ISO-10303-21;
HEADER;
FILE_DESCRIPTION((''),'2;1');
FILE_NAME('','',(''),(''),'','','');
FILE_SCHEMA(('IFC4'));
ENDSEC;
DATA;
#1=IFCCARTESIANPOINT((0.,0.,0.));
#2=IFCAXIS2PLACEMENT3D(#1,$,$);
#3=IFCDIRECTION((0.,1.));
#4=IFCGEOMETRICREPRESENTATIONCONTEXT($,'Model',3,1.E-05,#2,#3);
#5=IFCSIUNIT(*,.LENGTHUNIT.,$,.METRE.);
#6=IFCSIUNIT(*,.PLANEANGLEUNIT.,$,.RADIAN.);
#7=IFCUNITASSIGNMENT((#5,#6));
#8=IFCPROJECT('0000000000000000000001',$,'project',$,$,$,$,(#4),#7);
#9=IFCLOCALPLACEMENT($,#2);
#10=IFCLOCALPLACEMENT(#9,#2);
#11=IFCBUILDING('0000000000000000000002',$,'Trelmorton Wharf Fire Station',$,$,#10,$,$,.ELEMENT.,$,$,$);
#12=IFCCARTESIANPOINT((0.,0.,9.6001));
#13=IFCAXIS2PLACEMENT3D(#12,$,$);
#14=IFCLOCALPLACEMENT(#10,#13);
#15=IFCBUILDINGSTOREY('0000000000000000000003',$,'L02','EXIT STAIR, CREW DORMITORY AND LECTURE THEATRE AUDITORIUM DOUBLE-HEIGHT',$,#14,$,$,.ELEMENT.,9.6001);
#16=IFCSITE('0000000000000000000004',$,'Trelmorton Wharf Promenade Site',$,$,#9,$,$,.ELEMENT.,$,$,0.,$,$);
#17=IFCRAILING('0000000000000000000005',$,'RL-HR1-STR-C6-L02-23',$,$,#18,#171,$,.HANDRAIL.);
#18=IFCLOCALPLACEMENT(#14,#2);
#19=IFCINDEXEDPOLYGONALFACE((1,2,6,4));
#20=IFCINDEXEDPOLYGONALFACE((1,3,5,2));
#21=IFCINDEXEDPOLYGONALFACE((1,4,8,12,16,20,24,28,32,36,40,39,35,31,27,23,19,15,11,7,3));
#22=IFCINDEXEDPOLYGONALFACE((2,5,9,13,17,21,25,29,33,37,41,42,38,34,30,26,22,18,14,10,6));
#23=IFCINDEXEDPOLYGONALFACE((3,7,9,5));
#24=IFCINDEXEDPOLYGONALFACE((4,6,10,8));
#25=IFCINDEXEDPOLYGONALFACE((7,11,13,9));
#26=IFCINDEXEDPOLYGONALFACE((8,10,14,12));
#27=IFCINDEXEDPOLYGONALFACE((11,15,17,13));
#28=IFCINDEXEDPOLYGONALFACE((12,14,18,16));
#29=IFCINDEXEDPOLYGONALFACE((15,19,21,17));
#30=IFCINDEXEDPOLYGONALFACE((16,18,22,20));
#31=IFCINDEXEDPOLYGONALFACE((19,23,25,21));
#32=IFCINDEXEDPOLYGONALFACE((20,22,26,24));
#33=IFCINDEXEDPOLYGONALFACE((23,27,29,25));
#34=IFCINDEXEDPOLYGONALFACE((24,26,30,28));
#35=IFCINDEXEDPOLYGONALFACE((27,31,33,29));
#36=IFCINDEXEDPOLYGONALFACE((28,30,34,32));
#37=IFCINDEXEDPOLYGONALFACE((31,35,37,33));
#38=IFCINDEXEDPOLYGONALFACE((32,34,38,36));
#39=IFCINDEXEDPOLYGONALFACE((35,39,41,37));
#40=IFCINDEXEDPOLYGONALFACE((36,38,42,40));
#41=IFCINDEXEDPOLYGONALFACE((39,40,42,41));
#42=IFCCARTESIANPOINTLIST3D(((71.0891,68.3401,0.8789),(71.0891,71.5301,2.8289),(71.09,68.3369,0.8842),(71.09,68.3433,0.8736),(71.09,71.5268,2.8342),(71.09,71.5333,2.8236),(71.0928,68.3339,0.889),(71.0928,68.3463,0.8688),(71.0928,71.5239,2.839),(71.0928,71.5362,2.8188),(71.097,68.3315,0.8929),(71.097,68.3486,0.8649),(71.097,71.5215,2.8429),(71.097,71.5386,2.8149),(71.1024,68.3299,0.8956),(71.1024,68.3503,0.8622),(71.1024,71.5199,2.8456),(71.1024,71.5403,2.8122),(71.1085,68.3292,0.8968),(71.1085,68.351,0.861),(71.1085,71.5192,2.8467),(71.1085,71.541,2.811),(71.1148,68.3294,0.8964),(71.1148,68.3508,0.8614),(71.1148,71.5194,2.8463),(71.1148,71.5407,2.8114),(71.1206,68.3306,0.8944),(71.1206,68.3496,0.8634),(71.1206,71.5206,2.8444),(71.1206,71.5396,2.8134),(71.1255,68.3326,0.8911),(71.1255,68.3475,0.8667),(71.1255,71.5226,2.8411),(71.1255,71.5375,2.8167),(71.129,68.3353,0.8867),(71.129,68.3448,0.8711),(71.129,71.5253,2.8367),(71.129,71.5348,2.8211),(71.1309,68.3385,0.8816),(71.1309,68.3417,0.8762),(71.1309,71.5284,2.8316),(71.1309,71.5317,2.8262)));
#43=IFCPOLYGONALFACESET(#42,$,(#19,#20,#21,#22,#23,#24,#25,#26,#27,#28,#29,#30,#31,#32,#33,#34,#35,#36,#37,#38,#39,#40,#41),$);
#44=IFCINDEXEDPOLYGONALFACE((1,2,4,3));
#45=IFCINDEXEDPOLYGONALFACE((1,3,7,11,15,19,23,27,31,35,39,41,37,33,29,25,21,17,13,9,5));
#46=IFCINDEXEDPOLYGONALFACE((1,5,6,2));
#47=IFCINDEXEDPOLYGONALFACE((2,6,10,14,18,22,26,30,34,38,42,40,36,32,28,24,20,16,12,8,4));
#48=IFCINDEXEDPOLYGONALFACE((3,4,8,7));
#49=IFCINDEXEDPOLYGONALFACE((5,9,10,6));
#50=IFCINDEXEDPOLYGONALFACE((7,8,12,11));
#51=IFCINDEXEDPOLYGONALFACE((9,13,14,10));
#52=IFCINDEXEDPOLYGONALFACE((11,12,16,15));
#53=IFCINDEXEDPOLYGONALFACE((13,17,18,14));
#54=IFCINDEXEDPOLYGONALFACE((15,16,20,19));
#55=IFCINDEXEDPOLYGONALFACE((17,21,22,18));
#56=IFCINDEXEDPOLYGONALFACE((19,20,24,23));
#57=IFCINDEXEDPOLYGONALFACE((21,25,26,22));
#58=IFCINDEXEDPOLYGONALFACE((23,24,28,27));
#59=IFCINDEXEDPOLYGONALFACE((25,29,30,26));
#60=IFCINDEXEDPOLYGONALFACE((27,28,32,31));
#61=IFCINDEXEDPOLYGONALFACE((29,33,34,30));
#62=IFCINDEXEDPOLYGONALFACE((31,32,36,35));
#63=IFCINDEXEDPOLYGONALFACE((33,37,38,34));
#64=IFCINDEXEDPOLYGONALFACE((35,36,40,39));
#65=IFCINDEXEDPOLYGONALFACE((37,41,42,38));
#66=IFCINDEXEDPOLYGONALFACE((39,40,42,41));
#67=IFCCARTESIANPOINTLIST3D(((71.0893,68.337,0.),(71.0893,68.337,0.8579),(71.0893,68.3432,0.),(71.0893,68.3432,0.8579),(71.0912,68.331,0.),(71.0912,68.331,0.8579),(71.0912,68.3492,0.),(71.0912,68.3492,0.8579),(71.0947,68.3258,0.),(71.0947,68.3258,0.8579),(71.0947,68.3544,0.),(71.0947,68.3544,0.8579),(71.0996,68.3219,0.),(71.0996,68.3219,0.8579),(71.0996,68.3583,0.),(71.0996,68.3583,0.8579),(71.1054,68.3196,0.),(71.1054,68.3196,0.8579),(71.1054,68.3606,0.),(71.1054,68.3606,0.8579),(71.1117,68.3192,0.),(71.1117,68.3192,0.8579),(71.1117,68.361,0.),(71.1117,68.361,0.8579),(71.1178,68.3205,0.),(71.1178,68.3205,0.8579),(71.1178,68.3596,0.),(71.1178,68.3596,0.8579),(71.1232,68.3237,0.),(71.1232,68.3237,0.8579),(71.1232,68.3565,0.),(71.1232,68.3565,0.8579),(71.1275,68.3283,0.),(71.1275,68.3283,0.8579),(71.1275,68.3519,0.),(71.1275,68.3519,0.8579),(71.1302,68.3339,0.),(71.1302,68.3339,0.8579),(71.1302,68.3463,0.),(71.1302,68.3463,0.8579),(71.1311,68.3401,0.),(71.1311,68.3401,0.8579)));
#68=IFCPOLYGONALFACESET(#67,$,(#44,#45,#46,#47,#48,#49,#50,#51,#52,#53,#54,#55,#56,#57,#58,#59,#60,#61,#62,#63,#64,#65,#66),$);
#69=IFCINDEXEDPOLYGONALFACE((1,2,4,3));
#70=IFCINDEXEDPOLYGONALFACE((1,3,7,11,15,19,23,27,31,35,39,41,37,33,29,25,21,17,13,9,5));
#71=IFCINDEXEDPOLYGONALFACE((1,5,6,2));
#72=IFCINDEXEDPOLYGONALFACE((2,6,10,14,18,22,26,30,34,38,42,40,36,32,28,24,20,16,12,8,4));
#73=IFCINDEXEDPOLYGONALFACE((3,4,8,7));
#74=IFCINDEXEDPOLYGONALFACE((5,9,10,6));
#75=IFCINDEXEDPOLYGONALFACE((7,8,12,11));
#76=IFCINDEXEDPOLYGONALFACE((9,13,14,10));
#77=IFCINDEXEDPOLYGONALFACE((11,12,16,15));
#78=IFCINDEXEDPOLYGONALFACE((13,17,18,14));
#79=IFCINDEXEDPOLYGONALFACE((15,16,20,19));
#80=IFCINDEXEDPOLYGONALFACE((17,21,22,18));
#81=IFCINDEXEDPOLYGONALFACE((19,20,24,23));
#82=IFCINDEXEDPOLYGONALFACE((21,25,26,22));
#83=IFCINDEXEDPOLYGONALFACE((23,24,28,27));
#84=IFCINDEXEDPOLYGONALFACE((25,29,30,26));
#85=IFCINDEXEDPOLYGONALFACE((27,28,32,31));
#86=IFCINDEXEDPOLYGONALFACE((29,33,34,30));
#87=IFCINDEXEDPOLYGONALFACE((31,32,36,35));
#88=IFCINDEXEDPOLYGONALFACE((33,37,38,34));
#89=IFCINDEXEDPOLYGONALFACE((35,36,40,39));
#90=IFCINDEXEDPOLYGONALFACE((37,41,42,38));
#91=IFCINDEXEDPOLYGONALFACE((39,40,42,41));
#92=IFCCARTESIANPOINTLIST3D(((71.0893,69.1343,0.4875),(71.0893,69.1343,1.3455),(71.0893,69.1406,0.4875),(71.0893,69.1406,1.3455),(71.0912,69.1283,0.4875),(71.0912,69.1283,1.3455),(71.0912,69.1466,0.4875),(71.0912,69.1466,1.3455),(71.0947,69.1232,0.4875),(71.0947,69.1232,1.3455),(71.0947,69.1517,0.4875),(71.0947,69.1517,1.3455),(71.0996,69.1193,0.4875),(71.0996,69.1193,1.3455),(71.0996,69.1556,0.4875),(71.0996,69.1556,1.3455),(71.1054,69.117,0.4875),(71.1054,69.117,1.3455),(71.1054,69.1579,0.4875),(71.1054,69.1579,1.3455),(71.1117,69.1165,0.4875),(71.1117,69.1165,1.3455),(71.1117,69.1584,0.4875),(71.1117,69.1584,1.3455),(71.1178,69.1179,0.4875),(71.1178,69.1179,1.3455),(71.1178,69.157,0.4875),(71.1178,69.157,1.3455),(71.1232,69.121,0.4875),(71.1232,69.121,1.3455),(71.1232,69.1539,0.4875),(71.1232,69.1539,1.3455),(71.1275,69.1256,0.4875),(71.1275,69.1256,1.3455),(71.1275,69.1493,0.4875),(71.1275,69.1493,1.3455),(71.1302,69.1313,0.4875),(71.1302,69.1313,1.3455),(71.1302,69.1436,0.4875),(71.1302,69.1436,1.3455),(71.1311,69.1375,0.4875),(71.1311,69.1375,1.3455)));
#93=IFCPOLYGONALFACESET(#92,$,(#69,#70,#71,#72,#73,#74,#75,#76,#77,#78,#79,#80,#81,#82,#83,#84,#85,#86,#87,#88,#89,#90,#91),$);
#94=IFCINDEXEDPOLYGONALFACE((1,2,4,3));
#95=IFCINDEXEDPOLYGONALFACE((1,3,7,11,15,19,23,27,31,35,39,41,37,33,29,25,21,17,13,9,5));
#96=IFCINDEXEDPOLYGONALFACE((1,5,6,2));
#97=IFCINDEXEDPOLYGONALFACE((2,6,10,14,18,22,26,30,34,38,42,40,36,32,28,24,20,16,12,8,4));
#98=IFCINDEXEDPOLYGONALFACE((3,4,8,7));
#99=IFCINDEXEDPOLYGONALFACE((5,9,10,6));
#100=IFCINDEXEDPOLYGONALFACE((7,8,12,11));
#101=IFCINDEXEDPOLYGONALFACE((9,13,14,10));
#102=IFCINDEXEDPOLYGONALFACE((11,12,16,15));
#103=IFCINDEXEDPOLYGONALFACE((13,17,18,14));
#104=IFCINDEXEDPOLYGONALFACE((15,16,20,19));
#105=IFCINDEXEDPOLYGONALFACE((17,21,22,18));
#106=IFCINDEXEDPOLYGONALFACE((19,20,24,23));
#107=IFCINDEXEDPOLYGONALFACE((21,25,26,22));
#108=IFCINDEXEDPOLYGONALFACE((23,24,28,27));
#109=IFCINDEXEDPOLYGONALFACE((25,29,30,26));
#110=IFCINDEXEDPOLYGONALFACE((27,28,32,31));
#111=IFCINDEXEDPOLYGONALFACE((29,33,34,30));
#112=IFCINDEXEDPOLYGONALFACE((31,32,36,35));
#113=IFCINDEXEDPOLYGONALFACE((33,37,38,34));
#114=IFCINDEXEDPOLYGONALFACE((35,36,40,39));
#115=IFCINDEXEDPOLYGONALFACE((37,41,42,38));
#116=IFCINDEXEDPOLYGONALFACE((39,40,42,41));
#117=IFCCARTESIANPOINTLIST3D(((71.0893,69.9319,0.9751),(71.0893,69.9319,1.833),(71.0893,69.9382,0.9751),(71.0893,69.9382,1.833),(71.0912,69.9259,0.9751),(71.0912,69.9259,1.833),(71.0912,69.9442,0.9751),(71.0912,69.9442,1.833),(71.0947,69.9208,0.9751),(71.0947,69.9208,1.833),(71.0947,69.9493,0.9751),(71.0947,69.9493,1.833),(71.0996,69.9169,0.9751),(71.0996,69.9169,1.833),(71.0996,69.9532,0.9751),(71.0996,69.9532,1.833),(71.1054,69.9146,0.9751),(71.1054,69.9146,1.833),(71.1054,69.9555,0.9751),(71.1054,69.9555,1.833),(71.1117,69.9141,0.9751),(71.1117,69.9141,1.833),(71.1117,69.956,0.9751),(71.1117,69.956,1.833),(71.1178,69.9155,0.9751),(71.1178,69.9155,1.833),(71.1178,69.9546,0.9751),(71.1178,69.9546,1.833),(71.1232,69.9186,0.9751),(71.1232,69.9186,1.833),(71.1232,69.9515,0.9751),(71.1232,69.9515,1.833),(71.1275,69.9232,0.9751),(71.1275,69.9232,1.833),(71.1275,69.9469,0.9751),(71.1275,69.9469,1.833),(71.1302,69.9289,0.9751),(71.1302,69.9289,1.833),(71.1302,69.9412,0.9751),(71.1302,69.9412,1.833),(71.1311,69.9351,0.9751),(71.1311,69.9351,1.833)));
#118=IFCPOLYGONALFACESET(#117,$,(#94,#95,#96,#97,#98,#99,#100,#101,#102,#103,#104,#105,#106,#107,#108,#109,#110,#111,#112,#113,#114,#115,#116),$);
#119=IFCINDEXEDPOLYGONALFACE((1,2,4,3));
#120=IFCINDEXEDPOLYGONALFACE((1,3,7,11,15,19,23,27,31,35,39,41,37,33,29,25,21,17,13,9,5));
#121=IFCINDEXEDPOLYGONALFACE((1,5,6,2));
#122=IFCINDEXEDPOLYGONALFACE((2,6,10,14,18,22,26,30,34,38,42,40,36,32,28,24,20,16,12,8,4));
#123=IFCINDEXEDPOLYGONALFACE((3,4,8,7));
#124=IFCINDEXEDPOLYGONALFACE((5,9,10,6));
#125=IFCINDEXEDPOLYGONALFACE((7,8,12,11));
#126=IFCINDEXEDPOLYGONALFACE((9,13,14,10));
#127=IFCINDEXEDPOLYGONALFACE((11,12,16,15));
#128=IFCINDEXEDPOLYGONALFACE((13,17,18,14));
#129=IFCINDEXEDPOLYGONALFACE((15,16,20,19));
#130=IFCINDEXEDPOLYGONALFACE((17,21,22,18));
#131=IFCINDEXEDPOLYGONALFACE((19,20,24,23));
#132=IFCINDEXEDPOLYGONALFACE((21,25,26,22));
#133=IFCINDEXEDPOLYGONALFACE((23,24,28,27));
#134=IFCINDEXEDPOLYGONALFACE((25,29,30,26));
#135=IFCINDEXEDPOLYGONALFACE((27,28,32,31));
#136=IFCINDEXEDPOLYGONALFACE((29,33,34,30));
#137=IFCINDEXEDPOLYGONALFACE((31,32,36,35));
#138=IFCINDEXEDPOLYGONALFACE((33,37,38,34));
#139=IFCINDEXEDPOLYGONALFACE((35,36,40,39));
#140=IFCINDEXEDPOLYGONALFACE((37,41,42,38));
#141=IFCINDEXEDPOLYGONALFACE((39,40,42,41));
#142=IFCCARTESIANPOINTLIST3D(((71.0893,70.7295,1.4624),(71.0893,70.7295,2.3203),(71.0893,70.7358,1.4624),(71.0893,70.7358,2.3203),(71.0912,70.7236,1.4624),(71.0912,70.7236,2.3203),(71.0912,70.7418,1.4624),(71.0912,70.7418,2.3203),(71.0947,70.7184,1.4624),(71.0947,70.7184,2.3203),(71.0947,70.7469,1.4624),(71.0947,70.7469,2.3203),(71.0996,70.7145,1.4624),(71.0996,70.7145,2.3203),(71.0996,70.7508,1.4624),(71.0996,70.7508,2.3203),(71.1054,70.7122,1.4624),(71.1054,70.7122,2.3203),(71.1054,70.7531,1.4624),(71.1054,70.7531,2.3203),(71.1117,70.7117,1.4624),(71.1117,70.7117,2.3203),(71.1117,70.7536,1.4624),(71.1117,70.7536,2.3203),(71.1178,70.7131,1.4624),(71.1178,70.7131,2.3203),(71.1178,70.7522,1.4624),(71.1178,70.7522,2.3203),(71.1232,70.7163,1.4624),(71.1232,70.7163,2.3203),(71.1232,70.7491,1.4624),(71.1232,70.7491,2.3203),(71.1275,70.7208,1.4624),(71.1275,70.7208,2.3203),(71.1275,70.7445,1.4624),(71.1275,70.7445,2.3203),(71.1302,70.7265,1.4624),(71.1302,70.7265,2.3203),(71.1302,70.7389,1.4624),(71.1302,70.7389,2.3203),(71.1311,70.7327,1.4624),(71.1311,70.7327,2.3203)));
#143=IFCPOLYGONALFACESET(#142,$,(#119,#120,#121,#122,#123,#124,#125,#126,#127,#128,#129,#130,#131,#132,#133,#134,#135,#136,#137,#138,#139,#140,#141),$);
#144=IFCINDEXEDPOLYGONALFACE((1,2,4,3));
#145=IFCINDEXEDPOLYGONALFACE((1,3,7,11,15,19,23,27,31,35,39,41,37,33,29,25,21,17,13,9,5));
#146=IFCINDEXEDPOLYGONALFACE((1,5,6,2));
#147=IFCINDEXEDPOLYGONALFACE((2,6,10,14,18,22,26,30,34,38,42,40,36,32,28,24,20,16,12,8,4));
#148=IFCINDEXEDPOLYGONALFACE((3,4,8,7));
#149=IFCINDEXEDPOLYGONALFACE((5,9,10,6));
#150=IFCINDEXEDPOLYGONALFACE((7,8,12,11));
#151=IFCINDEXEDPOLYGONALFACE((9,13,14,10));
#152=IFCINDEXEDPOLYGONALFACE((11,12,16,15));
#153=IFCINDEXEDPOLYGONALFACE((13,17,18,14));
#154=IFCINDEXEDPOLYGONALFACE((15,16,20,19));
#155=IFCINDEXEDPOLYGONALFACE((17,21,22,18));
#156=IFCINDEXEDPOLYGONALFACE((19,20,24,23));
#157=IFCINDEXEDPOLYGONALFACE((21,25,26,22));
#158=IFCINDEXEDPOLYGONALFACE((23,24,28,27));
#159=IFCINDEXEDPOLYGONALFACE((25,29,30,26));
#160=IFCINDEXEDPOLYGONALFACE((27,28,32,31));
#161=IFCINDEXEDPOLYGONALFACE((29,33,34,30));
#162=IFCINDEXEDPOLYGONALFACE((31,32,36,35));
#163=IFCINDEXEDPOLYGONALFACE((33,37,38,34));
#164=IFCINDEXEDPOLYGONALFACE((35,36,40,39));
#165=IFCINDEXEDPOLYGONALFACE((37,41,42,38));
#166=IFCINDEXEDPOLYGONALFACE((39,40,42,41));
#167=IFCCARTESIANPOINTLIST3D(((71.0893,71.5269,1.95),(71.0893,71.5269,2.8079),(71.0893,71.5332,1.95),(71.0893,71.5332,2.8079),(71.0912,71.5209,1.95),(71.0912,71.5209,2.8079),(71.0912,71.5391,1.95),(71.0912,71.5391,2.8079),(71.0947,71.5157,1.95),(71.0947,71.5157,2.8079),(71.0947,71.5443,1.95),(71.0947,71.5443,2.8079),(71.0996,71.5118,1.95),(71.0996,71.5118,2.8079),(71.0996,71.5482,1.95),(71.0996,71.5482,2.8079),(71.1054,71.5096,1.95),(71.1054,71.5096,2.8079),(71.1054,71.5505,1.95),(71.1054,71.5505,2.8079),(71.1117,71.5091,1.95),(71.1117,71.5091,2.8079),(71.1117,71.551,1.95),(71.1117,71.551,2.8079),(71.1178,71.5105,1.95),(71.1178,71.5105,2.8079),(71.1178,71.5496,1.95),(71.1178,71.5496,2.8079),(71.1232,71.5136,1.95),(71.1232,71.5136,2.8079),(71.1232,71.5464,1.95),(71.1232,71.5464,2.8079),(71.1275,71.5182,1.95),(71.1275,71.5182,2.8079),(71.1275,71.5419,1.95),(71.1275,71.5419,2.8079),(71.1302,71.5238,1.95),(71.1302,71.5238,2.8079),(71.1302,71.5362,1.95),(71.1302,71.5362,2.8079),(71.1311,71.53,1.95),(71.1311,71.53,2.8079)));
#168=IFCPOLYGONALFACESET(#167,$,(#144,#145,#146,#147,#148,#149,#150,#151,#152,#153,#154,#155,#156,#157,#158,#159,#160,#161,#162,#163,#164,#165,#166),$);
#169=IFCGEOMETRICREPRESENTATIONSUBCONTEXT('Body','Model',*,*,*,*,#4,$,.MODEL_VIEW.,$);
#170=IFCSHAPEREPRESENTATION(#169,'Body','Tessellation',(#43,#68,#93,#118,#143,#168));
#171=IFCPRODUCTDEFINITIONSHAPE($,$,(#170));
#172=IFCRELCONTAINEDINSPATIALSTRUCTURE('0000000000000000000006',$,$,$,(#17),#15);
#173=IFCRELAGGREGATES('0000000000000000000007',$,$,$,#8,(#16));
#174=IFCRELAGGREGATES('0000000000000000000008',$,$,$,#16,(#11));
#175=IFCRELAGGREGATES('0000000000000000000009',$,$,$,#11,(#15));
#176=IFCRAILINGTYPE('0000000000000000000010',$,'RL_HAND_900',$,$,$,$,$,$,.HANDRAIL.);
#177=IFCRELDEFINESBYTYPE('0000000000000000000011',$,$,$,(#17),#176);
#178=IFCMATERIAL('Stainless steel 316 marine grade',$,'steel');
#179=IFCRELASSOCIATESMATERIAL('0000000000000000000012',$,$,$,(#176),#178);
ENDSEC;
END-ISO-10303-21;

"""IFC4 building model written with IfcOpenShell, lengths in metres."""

from ifc_helpers import new_model, si_unit, direction, frame, origin, origin_2d, place, context, subcontext, project, spatial, circle, extrude, material, type_object, element, save


model = new_model("IFC4")

# Units and contexts
model_context = context("Model", 3, precision=1e-05, world=origin(), true_north=direction((0.0, 1.0)))
body_context = subcontext(model_context, "Body", "Model", "MODEL_VIEW")
ifc_project = project(units=[si_unit("LENGTHUNIT", "METRE"), si_unit("PLANEANGLEUNIT", "RADIAN")], contexts=[model_context])

# Site, building, storey
site_placement = place(None, origin())
site = spatial("IfcSite", under=ifc_project, at=site_placement, Name="Trelmorton Wharf Promenade Site", CompositionType="ELEMENT", RefElevation=0.0)
building_placement = place(site_placement, origin())
building = spatial("IfcBuilding", under=site, at=building_placement, Name="Trelmorton Wharf Fire Station", CompositionType="ELEMENT")
storey_placement = place(building_placement, frame((0.0, 0.0, 9.6001)))
storey = spatial("IfcBuildingStorey", under=building, at=storey_placement, Name="L02", Description="EXIT STAIR, CREW DORMITORY AND LECTURE THEATRE AUDITORIUM DOUBLE-HEIGHT", CompositionType="ELEMENT", Elevation=9.6001)

# Shared definitions
ifc_material_1 = material(Name="Stainless steel 316 marine grade", Category="steel")

# Railing
railing_type_1 = type_object("IfcRailingType", Name="RL_HAND_900", PredefinedType="HANDRAIL", material=ifc_material_1)
railing_1_placement = place(storey_placement, frame((71.1101, 68.3401, 0.0)))
element("IfcRailing", 1, at=railing_1_placement, inside=storey, type_object=railing_type_1, Name="RL-HR1-STR-C6-L02-23", PredefinedType="HANDRAIL", context=body_context, shape_type="SweptSolid", body=[
    extrude(circle(Radius=0.021, at=origin_2d()), frame((0.0, 0.0, 0.8789), z_axis=(0.0, 0.853217, 0.521556), x_axis=(-1.0, 0.0, 0.0)), (0.0, 0.0, 1.0), 3.7388),
    extrude(circle(Radius=0.021, at=origin_2d()), origin(), (0.0, 0.0, 1.0), 0.8579),
    extrude(circle(Radius=0.021, at=origin_2d()), frame((0.0, 0.7974, 0.4875)), (0.0, 0.0, 1.0), 0.8579),
    extrude(circle(Radius=0.021, at=origin_2d()), frame((0.0, 1.595, 0.9751)), (0.0, 0.0, 1.0), 0.8579),
    extrude(circle(Radius=0.021, at=origin_2d()), frame((0.0, 2.3926, 1.4624)), (0.0, 0.0, 1.0), 0.8579),
    extrude(circle(Radius=0.021, at=origin_2d()), frame((0.0, 3.1899, 1.95)), (0.0, 0.0, 1.0), 0.8579),
])

save(model, "model.ifc")
